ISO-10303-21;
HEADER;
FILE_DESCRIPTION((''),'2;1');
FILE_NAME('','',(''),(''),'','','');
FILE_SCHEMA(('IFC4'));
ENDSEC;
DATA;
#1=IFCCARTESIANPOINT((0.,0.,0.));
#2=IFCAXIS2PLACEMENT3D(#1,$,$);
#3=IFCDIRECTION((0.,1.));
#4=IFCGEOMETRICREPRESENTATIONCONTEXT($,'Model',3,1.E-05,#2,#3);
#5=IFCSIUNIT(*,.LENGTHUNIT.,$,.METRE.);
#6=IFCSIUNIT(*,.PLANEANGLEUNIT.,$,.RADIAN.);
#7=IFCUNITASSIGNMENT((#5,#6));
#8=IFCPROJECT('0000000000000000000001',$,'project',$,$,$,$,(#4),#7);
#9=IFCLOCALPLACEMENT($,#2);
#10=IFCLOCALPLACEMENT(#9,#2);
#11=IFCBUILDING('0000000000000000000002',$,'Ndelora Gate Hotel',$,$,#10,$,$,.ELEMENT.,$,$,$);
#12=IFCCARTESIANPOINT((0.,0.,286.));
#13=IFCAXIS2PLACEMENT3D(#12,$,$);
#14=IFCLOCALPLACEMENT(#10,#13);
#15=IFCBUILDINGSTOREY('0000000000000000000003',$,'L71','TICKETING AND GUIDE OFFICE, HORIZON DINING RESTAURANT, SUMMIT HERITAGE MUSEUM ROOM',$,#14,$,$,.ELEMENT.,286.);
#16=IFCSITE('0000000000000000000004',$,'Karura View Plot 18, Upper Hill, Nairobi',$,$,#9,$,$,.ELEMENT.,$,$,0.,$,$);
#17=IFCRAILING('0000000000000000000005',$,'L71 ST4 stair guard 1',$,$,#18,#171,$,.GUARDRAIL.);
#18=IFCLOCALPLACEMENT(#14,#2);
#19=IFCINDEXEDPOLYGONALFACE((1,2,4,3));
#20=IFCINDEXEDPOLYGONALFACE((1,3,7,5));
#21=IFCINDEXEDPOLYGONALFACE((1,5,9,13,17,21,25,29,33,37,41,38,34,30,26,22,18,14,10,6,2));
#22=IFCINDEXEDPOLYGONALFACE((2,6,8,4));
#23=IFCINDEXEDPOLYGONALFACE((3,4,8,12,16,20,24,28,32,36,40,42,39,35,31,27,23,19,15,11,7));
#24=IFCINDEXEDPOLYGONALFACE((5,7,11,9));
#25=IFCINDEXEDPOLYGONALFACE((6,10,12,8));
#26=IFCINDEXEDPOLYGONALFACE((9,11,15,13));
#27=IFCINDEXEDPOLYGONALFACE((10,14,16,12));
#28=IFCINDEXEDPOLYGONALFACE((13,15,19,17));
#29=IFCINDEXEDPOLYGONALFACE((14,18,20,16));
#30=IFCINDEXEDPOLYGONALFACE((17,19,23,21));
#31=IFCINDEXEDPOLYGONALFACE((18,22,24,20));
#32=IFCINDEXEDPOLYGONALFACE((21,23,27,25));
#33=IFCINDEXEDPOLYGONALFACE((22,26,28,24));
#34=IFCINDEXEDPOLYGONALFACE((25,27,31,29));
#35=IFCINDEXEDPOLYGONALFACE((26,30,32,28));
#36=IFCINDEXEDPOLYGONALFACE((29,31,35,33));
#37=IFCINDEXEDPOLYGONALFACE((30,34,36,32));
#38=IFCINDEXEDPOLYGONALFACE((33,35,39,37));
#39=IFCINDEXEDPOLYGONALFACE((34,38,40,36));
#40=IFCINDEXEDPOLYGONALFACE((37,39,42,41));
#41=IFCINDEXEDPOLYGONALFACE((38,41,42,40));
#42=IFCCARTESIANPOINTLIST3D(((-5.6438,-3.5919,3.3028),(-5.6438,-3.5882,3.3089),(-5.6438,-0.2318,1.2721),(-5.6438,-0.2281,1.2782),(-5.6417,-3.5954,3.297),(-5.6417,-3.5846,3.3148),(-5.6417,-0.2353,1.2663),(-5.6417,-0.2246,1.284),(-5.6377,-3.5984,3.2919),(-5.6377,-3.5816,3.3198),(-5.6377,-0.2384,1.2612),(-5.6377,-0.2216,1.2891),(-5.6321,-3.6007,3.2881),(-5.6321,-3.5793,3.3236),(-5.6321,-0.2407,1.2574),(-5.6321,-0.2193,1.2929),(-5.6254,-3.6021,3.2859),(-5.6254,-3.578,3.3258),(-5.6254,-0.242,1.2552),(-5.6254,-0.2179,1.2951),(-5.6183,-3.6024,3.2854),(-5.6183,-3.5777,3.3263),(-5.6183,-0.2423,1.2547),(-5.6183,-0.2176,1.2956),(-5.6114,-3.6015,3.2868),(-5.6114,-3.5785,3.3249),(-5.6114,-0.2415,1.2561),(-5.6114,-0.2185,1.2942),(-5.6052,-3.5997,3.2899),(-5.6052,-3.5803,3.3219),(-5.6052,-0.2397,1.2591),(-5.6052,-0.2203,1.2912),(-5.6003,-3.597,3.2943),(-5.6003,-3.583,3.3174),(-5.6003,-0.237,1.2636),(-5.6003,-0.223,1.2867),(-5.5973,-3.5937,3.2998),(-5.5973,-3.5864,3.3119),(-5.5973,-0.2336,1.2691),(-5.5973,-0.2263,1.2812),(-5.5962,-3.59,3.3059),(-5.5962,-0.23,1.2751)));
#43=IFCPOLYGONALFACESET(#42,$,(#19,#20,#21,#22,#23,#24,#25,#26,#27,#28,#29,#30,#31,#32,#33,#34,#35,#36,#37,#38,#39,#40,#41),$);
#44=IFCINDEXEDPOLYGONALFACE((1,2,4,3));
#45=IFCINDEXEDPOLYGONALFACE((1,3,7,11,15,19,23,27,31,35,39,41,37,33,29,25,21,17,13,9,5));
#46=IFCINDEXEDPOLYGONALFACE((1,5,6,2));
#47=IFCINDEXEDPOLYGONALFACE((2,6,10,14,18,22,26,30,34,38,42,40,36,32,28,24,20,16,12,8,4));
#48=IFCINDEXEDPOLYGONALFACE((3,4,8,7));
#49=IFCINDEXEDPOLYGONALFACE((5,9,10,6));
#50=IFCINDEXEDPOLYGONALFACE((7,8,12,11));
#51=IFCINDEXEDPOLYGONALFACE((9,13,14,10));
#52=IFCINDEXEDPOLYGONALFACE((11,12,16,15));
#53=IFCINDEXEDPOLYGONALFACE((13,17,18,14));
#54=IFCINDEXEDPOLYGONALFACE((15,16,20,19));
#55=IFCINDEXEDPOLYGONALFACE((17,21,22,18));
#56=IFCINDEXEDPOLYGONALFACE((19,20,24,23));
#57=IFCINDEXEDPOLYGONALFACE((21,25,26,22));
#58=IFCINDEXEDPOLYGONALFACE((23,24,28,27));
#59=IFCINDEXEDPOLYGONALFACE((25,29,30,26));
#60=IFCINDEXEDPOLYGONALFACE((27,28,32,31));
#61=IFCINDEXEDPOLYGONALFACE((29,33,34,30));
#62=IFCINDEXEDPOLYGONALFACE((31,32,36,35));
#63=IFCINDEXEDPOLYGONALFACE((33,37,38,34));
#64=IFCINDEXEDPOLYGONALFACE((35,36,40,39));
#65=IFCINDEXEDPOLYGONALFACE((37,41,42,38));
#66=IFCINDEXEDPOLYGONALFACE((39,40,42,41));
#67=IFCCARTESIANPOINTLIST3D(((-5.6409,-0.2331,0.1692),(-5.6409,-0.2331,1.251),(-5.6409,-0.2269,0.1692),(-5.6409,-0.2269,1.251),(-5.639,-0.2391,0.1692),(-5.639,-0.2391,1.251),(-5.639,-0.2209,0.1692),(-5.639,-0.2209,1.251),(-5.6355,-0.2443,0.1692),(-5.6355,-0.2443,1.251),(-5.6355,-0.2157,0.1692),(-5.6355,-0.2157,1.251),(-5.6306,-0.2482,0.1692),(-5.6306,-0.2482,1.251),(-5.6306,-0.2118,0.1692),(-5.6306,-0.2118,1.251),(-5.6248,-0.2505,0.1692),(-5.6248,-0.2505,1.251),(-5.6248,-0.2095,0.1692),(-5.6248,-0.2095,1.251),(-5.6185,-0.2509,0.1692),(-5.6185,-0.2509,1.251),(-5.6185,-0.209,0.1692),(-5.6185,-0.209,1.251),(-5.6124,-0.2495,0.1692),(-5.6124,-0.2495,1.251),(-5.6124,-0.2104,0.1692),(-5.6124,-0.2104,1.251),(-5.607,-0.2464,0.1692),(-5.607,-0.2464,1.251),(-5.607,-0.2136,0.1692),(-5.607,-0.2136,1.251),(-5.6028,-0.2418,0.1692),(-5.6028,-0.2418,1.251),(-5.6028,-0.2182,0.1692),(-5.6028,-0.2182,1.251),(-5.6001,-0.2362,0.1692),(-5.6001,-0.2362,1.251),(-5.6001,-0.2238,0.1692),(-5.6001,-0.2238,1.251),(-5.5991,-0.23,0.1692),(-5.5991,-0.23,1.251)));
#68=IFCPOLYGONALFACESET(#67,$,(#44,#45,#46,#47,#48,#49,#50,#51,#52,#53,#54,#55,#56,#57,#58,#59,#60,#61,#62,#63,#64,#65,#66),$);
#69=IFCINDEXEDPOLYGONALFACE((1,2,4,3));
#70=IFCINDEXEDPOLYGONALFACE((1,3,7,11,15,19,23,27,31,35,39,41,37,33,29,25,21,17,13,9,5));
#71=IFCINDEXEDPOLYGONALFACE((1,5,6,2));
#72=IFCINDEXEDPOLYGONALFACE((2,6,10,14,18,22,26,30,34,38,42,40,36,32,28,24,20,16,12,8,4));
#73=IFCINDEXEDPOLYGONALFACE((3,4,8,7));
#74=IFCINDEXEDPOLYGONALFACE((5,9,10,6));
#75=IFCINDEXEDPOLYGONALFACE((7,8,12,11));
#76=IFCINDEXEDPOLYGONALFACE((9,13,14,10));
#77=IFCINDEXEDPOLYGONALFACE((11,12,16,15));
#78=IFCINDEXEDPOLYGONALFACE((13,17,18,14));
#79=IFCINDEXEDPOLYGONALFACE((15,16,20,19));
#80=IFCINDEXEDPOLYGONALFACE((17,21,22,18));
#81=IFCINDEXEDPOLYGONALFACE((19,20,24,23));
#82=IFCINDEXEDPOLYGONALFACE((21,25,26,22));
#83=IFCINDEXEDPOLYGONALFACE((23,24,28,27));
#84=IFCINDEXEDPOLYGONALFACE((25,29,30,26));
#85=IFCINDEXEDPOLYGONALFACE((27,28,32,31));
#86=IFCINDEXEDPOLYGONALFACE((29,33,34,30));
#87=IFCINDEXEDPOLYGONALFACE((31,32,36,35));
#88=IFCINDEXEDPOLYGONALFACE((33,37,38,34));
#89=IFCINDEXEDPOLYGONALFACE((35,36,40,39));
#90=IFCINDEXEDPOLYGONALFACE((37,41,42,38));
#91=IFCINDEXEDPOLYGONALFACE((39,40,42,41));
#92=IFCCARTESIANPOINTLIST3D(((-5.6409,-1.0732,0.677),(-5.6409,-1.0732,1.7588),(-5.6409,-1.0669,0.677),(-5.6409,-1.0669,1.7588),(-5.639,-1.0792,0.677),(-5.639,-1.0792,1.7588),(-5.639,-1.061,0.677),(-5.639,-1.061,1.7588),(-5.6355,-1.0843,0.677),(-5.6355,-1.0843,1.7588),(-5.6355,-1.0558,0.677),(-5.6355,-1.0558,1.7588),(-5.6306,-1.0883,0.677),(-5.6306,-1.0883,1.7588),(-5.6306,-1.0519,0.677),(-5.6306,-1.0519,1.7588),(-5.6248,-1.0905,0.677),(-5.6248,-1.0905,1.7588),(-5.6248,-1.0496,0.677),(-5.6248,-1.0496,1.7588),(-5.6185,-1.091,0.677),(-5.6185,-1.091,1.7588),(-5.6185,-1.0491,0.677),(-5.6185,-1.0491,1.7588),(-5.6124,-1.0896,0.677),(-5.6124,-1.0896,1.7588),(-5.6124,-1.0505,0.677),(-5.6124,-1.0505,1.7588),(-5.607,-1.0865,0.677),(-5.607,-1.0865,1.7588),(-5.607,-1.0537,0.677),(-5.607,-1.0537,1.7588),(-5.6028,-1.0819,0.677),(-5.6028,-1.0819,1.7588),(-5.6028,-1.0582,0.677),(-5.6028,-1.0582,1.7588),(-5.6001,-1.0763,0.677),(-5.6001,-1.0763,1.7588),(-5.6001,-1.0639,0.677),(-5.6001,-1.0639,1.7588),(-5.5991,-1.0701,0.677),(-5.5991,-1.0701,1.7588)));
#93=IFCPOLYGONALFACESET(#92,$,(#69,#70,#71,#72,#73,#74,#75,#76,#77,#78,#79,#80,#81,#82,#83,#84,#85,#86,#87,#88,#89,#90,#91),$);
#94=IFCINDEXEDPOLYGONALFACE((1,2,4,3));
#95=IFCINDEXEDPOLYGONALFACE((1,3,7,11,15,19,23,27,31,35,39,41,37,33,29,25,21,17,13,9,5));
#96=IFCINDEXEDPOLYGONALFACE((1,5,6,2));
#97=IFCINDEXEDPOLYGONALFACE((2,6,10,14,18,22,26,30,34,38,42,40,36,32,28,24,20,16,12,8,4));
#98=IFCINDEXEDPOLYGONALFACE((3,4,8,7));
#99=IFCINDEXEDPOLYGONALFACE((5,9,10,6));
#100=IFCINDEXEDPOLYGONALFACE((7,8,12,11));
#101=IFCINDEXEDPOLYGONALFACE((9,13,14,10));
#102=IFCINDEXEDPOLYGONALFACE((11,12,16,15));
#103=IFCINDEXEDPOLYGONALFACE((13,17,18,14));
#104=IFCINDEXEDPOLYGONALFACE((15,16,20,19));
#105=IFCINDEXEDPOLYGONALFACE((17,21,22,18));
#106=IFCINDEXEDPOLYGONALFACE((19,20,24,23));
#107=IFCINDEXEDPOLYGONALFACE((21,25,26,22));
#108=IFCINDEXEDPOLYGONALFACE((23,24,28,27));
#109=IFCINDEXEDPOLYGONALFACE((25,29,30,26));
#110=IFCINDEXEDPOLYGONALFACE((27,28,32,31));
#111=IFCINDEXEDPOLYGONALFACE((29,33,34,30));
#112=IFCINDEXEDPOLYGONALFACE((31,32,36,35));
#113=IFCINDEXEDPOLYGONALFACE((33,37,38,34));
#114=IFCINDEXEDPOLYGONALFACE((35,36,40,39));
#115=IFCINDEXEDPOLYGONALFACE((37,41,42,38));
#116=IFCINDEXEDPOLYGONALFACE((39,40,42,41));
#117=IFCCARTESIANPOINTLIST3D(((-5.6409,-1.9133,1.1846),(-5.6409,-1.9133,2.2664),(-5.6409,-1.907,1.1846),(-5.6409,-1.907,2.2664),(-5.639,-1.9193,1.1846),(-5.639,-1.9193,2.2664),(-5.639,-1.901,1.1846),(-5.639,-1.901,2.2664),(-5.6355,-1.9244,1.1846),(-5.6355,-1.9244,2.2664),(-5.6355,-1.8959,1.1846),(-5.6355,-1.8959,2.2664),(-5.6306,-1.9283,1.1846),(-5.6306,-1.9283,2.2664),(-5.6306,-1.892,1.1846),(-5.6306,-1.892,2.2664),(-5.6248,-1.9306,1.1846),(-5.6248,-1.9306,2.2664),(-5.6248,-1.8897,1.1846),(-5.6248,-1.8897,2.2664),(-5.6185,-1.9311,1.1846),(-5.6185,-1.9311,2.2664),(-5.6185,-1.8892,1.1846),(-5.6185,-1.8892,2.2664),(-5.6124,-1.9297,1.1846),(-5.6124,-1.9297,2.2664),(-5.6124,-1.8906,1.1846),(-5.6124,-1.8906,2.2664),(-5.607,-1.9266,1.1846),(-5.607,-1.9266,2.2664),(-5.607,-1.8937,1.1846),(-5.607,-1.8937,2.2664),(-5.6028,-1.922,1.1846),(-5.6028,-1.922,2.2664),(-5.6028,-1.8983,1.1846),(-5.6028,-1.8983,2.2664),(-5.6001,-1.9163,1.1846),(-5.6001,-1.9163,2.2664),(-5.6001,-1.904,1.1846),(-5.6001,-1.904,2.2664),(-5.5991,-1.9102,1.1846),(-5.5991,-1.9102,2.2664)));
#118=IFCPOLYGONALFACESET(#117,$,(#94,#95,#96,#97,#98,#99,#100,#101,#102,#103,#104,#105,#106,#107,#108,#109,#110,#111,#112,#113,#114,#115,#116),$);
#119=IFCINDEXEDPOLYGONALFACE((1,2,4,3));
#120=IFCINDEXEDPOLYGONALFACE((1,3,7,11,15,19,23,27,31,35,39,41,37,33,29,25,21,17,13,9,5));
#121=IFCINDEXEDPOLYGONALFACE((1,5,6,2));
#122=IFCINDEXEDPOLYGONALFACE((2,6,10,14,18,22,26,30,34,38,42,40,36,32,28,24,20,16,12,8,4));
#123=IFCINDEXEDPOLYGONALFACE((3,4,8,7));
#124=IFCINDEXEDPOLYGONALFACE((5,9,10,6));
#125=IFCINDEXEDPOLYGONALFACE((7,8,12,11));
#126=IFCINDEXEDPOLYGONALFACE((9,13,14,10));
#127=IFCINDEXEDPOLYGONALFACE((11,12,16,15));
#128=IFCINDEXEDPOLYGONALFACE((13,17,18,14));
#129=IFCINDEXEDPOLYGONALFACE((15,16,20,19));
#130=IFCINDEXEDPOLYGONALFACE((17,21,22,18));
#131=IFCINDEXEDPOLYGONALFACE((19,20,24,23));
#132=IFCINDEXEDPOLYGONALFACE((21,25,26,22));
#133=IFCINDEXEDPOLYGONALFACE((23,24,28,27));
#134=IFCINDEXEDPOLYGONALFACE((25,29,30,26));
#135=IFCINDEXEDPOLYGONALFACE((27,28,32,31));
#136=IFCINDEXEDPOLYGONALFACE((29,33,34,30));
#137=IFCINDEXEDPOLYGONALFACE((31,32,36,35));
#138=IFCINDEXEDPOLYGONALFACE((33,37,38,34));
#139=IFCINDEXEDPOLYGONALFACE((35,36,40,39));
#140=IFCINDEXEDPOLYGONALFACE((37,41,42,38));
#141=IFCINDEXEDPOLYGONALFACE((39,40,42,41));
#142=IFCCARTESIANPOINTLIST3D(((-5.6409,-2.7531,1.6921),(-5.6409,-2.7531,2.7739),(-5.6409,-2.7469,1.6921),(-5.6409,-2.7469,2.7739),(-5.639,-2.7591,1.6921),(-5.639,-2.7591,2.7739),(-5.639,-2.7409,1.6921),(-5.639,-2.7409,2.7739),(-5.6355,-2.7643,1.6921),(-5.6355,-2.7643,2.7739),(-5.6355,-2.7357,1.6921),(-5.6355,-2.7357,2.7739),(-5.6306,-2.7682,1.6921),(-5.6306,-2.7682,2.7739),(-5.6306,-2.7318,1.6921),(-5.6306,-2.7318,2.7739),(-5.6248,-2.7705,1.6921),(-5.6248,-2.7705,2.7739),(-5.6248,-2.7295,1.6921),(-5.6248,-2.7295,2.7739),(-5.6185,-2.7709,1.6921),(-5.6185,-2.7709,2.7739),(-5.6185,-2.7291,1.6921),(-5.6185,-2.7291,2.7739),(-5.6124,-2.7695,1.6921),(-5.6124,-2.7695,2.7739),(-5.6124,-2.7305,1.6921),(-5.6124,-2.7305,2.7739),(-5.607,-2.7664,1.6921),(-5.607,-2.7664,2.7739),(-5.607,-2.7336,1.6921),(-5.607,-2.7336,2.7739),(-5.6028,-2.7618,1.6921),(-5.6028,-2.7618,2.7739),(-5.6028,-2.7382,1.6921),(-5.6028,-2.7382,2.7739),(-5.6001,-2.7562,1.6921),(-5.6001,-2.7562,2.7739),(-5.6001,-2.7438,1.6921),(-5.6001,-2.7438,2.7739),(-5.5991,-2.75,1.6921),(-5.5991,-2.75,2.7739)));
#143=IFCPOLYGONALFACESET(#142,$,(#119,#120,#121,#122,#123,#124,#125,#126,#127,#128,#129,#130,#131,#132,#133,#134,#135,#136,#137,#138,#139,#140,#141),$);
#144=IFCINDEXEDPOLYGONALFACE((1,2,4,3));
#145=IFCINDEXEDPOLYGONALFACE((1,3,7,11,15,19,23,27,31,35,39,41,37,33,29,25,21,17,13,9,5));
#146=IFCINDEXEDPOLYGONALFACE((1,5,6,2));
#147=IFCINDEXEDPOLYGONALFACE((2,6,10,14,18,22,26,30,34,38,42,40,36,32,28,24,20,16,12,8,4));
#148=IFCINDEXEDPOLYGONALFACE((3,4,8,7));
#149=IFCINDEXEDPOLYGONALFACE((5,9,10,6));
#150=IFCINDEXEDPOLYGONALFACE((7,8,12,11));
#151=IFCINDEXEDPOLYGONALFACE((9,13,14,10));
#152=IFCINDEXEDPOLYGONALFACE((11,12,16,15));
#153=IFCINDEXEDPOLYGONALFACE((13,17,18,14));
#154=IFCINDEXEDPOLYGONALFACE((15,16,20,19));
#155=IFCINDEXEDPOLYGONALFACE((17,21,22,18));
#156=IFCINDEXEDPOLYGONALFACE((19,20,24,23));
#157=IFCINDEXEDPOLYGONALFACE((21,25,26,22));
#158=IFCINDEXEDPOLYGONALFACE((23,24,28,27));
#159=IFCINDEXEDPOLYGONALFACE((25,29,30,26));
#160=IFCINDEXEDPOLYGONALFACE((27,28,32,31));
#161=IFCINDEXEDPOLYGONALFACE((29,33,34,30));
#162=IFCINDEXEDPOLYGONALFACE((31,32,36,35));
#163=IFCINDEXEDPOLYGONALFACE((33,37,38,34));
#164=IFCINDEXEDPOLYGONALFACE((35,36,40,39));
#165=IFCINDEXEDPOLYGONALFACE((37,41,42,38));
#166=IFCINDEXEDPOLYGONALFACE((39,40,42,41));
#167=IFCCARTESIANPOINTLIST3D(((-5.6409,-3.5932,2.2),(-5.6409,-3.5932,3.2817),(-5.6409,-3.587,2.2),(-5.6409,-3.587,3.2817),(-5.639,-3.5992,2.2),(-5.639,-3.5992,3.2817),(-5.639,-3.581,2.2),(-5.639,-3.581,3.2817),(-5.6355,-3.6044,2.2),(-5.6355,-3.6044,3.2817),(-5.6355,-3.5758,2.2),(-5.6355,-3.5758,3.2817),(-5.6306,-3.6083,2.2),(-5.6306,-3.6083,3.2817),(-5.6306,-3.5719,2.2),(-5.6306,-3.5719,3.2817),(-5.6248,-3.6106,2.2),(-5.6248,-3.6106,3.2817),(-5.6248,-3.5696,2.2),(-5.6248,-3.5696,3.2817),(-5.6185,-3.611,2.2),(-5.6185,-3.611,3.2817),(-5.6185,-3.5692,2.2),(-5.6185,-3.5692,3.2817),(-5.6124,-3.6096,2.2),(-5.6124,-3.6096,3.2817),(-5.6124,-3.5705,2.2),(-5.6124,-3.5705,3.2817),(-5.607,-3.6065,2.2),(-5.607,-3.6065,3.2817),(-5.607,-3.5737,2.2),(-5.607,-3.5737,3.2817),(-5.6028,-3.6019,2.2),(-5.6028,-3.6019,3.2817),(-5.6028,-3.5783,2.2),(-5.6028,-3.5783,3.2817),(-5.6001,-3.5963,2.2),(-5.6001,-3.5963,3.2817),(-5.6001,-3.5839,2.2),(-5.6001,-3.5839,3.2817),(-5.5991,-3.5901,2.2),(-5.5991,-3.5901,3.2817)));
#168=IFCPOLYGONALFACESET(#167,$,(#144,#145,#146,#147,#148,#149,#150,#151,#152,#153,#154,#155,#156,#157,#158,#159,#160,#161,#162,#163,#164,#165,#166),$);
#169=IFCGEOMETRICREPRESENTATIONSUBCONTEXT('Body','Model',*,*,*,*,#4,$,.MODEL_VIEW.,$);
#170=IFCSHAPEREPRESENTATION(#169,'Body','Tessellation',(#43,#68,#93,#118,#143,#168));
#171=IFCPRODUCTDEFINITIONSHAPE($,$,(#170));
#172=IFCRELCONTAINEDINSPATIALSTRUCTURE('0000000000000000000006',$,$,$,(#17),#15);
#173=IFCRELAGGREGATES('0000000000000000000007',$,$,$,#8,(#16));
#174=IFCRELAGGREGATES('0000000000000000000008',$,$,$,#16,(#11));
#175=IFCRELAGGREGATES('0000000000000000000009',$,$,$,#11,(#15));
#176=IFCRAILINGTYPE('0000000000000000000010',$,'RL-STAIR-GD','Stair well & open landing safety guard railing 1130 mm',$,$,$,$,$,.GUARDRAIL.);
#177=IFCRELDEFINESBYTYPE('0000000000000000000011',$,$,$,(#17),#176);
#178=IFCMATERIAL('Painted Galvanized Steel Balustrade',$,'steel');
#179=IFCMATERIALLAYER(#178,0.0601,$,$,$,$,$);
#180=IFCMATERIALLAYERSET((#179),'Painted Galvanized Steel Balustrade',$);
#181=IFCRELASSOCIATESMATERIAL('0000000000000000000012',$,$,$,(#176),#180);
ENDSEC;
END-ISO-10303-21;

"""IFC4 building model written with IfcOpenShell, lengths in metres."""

from ifc_helpers import new_model, si_unit, direction, frame, origin, origin_2d, place, context, subcontext, project, spatial, circle, extrude, material, layer, layer_set, type_object, element, save


model = new_model("IFC4")

# Units and contexts
model_context = context("Model", 3, precision=1e-05, world=origin(), true_north=direction((0.0, 1.0)))
body_context = subcontext(model_context, "Body", "Model", "MODEL_VIEW")
ifc_project = project(units=[si_unit("LENGTHUNIT", "METRE"), si_unit("PLANEANGLEUNIT", "RADIAN")], contexts=[model_context])

# Site, building, storey
site_placement = place(None, origin())
site = spatial("IfcSite", under=ifc_project, at=site_placement, Name="Karura View Plot 18, Upper Hill, Nairobi", CompositionType="ELEMENT", RefElevation=0.0)
building_placement = place(site_placement, origin())
building = spatial("IfcBuilding", under=site, at=building_placement, Name="Ndelora Gate Hotel", CompositionType="ELEMENT")
storey_placement = place(building_placement, frame((0.0, 0.0, 286.0)))
storey = spatial("IfcBuildingStorey", under=building, at=storey_placement, Name="L71", Description="TICKETING AND GUIDE OFFICE, HORIZON DINING RESTAURANT, SUMMIT HERITAGE MUSEUM ROOM", CompositionType="ELEMENT", Elevation=286.0)

# Railing
ifc_material_1 = material(Name="Painted Galvanized Steel Balustrade", Category="steel")
ifc_layer_1 = layer(ifc_material_1, 0.0601)
ifc_layer_set_1 = layer_set([ifc_layer_1], Name="Painted Galvanized Steel Balustrade")
railing_type_1 = type_object("IfcRailingType", Name="RL-STAIR-GD", Description="Stair well & open landing safety guard railing 1130 mm", PredefinedType="GUARDRAIL", material=ifc_layer_set_1)
railing_1_placement = place(storey_placement, frame((-5.6201, -0.23, 0.1692)))
element("IfcRailing", 1, at=railing_1_placement, inside=storey, type_object=railing_type_1, Name="L71 ST4 stair guard 1", PredefinedType="GUARDRAIL", context=body_context, shape_type="SweptSolid", body=[
    extrude(circle(Radius=0.0239, at=origin_2d()), frame((0.0, 0.0, 1.106), z_axis=(0.0, -0.855837, 0.517246), x_axis=(1.0, 0.0, 0.0)), (0.0, 0.0, 1.0), 3.926),
    extrude(circle(Radius=0.021, at=origin_2d()), origin(), (0.0, 0.0, 1.0), 1.0818),
    extrude(circle(Radius=0.021, at=origin_2d()), frame((0.0, -0.8401, 0.5078)), (0.0, 0.0, 1.0), 1.0818),
    extrude(circle(Radius=0.021, at=origin_2d()), frame((0.0, -1.6802, 1.0154)), (0.0, 0.0, 1.0), 1.0818),
    extrude(circle(Radius=0.021, at=origin_2d()), frame((0.0, -2.52, 1.5229)), (0.0, 0.0, 1.0), 1.0818),
    extrude(circle(Radius=0.021, at=origin_2d()), frame((0.0, -3.3601, 2.0308)), (0.0, 0.0, 1.0), 1.0818),
])

save(model, "model.ifc")
